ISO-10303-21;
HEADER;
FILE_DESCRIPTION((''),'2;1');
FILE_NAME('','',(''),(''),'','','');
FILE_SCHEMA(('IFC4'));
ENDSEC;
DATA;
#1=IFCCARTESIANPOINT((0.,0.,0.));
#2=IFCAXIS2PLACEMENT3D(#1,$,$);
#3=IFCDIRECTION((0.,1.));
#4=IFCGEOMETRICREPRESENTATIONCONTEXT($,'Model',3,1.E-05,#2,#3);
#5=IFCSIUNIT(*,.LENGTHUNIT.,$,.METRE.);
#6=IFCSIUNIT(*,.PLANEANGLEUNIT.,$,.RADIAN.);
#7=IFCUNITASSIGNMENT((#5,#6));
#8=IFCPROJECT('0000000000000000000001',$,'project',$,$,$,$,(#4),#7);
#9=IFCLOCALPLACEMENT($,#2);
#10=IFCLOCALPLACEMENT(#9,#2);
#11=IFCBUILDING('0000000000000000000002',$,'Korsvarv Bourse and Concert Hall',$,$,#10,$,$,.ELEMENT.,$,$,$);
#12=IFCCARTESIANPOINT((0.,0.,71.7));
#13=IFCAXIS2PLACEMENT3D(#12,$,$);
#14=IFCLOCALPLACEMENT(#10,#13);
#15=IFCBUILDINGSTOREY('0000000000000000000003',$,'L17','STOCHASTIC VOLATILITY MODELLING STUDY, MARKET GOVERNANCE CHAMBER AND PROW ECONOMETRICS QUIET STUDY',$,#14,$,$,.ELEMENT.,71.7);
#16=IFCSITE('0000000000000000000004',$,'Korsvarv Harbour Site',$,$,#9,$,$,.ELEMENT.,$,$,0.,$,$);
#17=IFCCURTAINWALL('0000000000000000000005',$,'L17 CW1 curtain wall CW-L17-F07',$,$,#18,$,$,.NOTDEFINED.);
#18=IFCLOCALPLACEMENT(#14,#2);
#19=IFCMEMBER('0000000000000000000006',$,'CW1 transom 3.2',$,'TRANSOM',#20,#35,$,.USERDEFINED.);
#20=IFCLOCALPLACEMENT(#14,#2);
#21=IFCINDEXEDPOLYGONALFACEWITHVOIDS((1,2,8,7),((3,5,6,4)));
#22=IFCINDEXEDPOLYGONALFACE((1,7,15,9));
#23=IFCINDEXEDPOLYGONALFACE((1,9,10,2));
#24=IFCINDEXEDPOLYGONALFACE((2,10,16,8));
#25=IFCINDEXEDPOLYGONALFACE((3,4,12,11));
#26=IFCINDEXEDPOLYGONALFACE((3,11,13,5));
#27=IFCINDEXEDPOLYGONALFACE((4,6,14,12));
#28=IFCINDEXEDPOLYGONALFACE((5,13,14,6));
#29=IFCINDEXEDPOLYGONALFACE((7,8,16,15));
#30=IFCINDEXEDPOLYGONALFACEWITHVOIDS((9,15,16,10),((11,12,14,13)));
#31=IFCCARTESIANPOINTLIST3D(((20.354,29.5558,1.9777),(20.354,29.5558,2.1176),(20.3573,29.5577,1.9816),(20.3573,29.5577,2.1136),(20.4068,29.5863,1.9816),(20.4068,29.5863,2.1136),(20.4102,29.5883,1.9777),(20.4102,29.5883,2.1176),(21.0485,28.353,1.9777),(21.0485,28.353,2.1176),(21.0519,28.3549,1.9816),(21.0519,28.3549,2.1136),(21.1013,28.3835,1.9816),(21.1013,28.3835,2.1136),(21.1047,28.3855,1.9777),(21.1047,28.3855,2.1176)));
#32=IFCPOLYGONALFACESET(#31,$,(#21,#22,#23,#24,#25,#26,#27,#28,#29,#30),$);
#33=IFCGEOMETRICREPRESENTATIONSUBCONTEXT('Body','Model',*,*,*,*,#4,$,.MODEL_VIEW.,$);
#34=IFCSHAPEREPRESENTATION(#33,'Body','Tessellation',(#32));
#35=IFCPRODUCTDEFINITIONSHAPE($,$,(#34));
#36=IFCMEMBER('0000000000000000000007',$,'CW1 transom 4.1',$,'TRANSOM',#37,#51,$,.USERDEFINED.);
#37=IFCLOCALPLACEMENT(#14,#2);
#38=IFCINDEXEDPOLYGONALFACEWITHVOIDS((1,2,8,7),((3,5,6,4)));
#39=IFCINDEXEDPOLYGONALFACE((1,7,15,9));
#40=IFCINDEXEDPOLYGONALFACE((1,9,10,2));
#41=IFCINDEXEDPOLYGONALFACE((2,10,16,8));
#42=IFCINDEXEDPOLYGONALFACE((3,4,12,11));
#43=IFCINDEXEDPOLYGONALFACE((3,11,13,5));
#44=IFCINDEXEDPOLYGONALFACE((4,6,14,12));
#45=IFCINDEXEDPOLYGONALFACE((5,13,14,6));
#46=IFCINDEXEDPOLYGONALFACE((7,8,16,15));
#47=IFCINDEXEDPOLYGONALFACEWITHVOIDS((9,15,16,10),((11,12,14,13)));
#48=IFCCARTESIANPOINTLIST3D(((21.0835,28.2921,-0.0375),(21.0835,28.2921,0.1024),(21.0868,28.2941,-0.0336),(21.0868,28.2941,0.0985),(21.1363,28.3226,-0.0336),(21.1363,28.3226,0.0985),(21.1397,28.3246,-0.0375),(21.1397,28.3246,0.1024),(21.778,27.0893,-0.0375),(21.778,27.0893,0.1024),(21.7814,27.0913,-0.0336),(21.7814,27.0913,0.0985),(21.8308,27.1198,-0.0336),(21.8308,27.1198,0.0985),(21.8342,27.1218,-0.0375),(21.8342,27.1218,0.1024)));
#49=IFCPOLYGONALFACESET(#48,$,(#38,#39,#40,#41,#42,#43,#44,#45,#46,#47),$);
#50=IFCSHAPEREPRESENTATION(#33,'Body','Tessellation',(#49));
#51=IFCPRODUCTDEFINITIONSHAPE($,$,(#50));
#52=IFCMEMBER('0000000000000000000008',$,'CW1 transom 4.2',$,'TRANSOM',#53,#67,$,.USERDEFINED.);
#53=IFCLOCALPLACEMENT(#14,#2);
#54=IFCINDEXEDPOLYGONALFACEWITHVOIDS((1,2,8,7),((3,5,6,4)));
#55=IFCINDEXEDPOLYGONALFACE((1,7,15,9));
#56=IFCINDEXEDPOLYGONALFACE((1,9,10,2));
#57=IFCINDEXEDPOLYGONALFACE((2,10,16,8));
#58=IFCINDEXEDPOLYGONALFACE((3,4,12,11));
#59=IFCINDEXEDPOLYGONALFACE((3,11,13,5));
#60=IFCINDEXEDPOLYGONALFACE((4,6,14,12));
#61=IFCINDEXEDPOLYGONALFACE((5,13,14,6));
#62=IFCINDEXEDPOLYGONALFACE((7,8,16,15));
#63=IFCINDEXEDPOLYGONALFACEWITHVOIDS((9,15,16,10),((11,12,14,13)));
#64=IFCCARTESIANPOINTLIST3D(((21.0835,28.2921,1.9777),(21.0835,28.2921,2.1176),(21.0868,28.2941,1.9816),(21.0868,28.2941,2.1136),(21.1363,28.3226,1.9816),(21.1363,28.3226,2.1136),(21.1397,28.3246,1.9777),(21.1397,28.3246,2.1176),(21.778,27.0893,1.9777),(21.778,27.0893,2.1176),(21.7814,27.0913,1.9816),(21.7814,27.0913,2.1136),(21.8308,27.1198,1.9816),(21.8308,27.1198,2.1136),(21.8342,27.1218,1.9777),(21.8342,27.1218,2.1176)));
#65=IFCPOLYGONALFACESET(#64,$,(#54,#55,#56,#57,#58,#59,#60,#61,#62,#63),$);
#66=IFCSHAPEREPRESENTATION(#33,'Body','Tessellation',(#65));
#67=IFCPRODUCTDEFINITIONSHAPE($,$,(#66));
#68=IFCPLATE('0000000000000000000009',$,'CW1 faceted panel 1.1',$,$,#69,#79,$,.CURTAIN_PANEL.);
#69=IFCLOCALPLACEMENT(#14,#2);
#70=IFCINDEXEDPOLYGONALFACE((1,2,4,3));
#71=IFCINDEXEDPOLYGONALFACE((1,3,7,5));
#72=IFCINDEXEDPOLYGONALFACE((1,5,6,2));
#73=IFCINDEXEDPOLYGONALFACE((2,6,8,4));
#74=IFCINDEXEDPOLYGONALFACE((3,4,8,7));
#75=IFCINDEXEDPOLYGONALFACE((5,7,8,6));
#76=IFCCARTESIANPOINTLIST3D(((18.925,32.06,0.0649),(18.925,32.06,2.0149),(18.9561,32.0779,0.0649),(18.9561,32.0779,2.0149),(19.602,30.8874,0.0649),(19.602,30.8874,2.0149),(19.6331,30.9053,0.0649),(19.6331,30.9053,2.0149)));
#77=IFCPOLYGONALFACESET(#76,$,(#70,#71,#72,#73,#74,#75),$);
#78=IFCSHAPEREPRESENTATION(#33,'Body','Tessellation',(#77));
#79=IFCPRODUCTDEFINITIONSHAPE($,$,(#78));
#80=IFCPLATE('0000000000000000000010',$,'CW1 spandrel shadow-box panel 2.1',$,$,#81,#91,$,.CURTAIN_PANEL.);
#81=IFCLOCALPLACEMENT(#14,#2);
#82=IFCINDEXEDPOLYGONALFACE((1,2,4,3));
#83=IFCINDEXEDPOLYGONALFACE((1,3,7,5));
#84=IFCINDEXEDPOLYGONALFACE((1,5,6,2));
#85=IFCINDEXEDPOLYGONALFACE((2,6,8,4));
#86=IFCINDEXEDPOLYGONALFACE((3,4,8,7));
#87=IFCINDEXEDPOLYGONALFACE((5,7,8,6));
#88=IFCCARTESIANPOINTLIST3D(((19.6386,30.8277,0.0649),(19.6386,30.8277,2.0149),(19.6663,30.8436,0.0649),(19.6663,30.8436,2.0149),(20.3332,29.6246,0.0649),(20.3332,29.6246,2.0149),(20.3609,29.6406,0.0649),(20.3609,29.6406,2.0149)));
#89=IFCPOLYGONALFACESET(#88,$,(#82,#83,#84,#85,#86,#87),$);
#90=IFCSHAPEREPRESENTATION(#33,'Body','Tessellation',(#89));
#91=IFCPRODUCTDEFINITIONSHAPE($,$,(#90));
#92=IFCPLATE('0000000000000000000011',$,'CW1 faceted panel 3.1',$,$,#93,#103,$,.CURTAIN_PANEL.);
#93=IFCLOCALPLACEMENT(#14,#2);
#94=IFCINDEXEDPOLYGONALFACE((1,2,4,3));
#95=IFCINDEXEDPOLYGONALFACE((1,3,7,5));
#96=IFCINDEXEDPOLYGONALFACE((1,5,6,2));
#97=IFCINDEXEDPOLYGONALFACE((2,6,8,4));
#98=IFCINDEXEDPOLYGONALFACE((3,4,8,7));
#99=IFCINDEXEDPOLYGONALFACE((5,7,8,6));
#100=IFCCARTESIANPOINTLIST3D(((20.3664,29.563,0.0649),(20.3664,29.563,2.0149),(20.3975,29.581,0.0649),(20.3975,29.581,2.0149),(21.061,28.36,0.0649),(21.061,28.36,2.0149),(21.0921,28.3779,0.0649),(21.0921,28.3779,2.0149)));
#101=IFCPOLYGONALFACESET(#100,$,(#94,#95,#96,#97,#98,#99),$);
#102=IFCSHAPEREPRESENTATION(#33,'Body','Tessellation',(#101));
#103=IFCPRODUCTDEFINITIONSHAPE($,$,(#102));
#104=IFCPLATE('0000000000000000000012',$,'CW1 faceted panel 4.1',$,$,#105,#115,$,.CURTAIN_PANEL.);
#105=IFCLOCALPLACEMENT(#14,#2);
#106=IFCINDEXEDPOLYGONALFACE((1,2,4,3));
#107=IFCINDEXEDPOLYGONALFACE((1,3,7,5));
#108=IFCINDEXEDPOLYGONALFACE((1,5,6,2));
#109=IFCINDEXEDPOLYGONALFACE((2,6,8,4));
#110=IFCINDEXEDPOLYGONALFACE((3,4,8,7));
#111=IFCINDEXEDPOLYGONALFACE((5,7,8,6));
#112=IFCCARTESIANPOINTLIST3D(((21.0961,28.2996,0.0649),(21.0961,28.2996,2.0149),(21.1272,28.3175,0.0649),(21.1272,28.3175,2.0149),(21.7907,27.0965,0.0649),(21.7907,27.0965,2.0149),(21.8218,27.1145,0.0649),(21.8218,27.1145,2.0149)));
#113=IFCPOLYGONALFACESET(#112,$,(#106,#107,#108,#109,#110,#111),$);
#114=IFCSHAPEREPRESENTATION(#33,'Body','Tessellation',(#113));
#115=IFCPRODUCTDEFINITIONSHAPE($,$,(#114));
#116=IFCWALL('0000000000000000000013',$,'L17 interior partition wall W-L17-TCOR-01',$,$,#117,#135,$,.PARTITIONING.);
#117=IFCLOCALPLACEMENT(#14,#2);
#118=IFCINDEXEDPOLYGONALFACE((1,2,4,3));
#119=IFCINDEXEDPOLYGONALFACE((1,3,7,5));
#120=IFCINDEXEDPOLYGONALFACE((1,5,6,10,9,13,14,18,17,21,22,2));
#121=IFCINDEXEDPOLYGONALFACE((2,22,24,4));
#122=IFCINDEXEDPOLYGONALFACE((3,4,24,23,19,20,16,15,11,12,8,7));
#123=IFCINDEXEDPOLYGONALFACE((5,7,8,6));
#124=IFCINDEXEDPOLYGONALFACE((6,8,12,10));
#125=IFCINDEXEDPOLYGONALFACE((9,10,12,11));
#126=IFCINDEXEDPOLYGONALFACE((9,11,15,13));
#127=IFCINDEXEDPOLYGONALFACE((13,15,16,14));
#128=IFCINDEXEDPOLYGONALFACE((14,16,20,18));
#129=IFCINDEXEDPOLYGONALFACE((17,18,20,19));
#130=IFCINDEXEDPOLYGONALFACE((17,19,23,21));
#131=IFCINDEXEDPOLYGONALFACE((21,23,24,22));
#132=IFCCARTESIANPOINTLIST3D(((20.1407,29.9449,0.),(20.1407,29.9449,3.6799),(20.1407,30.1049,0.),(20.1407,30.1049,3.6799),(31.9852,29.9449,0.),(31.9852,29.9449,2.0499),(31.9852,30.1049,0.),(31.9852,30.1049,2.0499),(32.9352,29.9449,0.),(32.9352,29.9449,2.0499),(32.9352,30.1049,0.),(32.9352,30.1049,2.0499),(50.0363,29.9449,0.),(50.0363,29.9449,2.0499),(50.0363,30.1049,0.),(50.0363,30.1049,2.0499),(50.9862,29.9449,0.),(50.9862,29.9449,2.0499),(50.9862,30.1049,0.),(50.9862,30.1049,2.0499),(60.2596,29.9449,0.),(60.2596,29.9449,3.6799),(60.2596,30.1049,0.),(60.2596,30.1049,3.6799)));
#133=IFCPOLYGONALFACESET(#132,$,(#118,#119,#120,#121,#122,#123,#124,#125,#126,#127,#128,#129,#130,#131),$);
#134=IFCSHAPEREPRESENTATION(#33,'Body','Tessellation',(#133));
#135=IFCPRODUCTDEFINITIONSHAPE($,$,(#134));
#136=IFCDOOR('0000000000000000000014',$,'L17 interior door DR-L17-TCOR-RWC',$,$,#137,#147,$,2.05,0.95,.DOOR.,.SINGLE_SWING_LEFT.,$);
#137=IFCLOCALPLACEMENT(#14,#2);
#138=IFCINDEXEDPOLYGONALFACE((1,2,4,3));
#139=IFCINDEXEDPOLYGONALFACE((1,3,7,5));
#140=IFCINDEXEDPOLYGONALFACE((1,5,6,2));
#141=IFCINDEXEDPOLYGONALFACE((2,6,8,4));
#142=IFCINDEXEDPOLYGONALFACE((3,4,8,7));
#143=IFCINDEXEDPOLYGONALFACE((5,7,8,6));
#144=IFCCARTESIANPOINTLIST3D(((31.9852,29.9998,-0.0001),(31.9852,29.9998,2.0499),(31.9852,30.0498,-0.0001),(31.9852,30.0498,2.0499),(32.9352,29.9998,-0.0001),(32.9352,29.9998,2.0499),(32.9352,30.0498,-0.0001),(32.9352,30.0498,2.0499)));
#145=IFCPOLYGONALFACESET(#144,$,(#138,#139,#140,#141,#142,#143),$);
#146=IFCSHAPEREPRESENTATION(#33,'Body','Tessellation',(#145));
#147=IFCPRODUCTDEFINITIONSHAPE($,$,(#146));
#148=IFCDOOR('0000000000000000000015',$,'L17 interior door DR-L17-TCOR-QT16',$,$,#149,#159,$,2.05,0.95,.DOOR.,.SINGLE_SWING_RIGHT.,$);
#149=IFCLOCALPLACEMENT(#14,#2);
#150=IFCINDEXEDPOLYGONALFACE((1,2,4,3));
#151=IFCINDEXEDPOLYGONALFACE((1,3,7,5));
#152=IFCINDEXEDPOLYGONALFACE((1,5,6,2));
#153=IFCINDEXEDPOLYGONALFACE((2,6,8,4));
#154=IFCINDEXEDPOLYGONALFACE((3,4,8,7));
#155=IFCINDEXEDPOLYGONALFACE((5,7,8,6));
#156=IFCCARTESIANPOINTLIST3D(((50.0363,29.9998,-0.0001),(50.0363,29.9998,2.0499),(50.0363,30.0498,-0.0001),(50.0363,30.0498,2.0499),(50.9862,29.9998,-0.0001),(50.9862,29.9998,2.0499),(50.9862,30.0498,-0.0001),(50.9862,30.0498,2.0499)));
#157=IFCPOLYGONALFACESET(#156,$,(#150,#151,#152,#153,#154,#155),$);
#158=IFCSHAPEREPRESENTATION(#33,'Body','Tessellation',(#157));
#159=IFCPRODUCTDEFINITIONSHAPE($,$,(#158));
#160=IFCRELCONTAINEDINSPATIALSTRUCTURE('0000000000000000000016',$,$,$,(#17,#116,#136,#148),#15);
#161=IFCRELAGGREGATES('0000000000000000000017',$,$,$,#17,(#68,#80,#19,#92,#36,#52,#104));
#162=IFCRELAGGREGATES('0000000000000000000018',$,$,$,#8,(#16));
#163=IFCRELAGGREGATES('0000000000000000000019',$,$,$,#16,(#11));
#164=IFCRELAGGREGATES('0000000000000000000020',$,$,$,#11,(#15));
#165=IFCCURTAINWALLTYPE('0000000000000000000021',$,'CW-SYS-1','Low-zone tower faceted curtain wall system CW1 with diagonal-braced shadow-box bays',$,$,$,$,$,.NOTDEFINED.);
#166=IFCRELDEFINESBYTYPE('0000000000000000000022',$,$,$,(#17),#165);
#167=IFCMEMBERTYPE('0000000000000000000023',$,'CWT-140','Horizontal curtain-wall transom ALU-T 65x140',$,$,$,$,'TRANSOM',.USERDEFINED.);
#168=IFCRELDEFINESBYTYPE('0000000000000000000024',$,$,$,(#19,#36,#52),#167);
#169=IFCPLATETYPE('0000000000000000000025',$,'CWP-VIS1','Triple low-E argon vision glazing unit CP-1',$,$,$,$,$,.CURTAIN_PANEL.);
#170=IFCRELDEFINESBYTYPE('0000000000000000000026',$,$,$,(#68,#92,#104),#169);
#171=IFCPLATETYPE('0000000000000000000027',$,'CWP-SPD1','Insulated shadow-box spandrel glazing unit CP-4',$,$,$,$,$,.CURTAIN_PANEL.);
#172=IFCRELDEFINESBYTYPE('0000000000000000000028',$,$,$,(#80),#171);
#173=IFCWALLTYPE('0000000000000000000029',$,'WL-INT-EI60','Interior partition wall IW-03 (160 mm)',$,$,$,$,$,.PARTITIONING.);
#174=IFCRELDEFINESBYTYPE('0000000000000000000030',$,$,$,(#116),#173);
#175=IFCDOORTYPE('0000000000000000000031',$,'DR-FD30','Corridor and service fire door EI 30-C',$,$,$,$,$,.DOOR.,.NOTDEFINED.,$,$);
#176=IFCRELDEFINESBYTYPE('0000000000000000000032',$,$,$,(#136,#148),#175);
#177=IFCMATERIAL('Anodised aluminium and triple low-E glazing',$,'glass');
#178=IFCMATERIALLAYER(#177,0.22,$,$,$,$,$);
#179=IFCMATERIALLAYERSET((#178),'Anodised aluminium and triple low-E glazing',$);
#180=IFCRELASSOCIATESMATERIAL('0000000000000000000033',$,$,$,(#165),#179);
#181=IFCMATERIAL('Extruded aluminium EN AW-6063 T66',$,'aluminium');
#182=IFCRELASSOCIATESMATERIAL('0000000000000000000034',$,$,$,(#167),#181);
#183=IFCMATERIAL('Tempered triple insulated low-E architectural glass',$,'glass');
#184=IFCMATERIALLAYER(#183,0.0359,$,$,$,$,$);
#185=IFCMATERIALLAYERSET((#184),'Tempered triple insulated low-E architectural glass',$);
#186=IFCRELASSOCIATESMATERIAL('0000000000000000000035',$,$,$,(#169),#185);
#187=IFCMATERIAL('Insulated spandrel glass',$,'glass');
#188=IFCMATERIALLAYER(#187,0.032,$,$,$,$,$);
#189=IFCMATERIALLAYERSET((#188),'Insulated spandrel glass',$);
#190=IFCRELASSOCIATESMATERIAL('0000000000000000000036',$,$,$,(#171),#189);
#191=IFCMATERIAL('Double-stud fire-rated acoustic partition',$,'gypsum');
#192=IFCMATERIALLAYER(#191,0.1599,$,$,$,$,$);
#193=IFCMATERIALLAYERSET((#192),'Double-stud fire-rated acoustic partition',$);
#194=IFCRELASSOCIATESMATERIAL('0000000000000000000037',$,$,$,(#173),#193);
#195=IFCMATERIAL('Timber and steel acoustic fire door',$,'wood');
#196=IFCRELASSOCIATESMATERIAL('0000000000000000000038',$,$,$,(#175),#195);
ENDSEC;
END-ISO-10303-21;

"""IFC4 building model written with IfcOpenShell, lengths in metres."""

from ifc_helpers import new_model, si_unit, direction, frame, frame_2d, origin, origin_2d, place, context, subcontext, project, spatial, rectangle, hollow_rectangle, extrude, source, transform, mapped, material, layer, layer_set, material_profile, profile_set, type_object, element, fill, aggregate, save


model = new_model("IFC4")

# Units and contexts
model_context = context("Model", 3, precision=1e-05, world=origin(), true_north=direction((0.0, 1.0)))
body_context = subcontext(model_context, "Body", "Model", "MODEL_VIEW")
ifc_project = project(units=[si_unit("LENGTHUNIT", "METRE"), si_unit("PLANEANGLEUNIT", "RADIAN")], contexts=[model_context])

# Site, building, storey
site_placement = place(None, origin())
site = spatial("IfcSite", under=ifc_project, at=site_placement, Name="Korsvarv Harbour Site", CompositionType="ELEMENT", RefElevation=0.0)
building_placement = place(site_placement, origin())
building = spatial("IfcBuilding", under=site, at=building_placement, Name="Korsvarv Bourse and Concert Hall", CompositionType="ELEMENT")
storey_placement = place(building_placement, frame((0.0, 0.0, 71.7)))
storey = spatial("IfcBuildingStorey", under=building, at=storey_placement, Name="L17", Description="STOCHASTIC VOLATILITY MODELLING STUDY, MARKET GOVERNANCE CHAMBER AND PROW ECONOMETRICS QUIET STUDY", CompositionType="ELEMENT", Elevation=71.7)

# Curtain wall, members, plates
ifc_material_1 = material(Name="Anodised aluminium and triple low-E glazing", Category="glass")
ifc_layer_1 = layer(ifc_material_1, 0.22)
ifc_layer_set_1 = layer_set([ifc_layer_1], Name="Anodised aluminium and triple low-E glazing")
curtain_wall_type = type_object("IfcCurtainWallType", Name="CW-SYS-1", Description="Low-zone tower faceted curtain wall system CW1 with diagonal-braced shadow-box bays", PredefinedType="NOTDEFINED", material=ifc_layer_set_1)
curtain_wall_placement = place(storey_placement, origin())
curtain_wall = element("IfcCurtainWall", 1, at=curtain_wall_placement, inside=storey, type_object=curtain_wall_type, Name="L17 CW1 curtain wall CW-L17-F07", PredefinedType="NOTDEFINED")
ifc_material_2 = material(Name="Extruded aluminium EN AW-6063 T66", Category="aluminium")
ifc_material_profile_1 = material_profile(ifc_material_2, hollow_rectangle(XDim=0.0649, YDim=0.1399, WallThickness=0.0039, at=origin_2d()), Name="ALU-T 65x140")
ifc_profile_set_1 = profile_set([ifc_material_profile_1], Name="Extruded aluminium EN AW-6063 T66")
member_type_1 = type_object("IfcMemberType", Name="CWT-140", Description="Horizontal curtain-wall transom ALU-T 65x140", ElementType="TRANSOM", PredefinedType="USERDEFINED", material=ifc_profile_set_1)
shared_shape_1 = source(origin(), body_context, "Body", "SweptSolid", [
    extrude(hollow_rectangle(XDim=0.0649, YDim=0.1399, WallThickness=0.0039, at=origin_2d()), origin(), (0.0, 0.0, 1.0), 1.3889),
])
member_1_placement = place(storey_placement, frame((20.3821, 29.572, 2.0476), z_axis=(0.500052, -0.865995, 0.0), x_axis=(0.865995, 0.500052, 0.0)))
member_1 = element("IfcMember", 2, at=member_1_placement, type_object=member_type_1, Name="CW1 transom 3.2", ObjectType="TRANSOM", PredefinedType="USERDEFINED", context=body_context, shape_type="MappedRepresentation", body=[
    mapped(shared_shape_1, transform((0.0, 0.0, 0.0), scale=1.0)),
])
member_2_placement = place(storey_placement, frame((21.1116, 28.3083, 0.0325), z_axis=(0.500052, -0.865995, 0.0), x_axis=(0.865995, 0.500052, 0.0)))
member_2 = element("IfcMember", 3, at=member_2_placement, type_object=member_type_1, Name="CW1 transom 4.1", ObjectType="TRANSOM", PredefinedType="USERDEFINED", context=body_context, shape_type="MappedRepresentation", body=[
    mapped(shared_shape_1, transform((0.0, 0.0, 0.0), scale=1.0)),
])
member_3_placement = place(storey_placement, frame((21.1116, 28.3083, 2.0476), z_axis=(0.500052, -0.865995, 0.0), x_axis=(0.865995, 0.500052, 0.0)))
member_3 = element("IfcMember", 4, at=member_3_placement, type_object=member_type_1, Name="CW1 transom 4.2", ObjectType="TRANSOM", PredefinedType="USERDEFINED", context=body_context, shape_type="MappedRepresentation", body=[
    mapped(shared_shape_1, transform((0.0, 0.0, 0.0), scale=1.0)),
])
ifc_material_3 = material(Name="Tempered triple insulated low-E architectural glass", Category="glass")
ifc_layer_2 = layer(ifc_material_3, 0.0359)
ifc_layer_set_2 = layer_set([ifc_layer_2], Name="Tempered triple insulated low-E architectural glass")
plate_type_1 = type_object("IfcPlateType", Name="CWP-VIS1", Description="Triple low-E argon vision glazing unit CP-1", PredefinedType="CURTAIN_PANEL", material=ifc_layer_set_2)
shared_shape_2 = source(origin(), body_context, "Body", "SweptSolid", [
    extrude(rectangle(XDim=1.354, YDim=0.0359, at=origin_2d()), origin(), (0.0, 0.0, 1.0), 1.95),
])
plate_1_placement = place(storey_placement, frame((19.2791, 31.4827, 0.0649), z_axis=(0.0, 0.0, 1.0), x_axis=(0.500006, -0.866022, 0.0)))
plate_1 = element("IfcPlate", 5, at=plate_1_placement, type_object=plate_type_1, Name="CW1 faceted panel 1.1", PredefinedType="CURTAIN_PANEL", context=body_context, shape_type="MappedRepresentation", body=[
    mapped(shared_shape_2, transform((0.0, 0.0, 0.0), scale=1.0)),
])
ifc_material_4 = material(Name="Insulated spandrel glass", Category="glass")
ifc_layer_3 = layer(ifc_material_4, 0.032)
ifc_layer_set_3 = layer_set([ifc_layer_3], Name="Insulated spandrel glass")
plate_type_2 = type_object("IfcPlateType", Name="CWP-SPD1", Description="Insulated shadow-box spandrel glazing unit CP-4", PredefinedType="CURTAIN_PANEL", material=ifc_layer_set_3)
shared_shape_3 = source(origin(), body_context, "Body", "SweptSolid", [
    extrude(rectangle(XDim=1.3892, YDim=0.032, at=origin_2d()), origin(), (0.0, 0.0, 1.0), 1.95),
])
plate_2_placement = place(storey_placement, frame((19.9998, 30.2341, 0.0649), z_axis=(0.0, 0.0, 1.0), x_axis=(0.500006, -0.866022, 0.0)))
plate_2 = element("IfcPlate", 6, at=plate_2_placement, type_object=plate_type_2, Name="CW1 spandrel shadow-box panel 2.1", PredefinedType="CURTAIN_PANEL", context=body_context, shape_type="MappedRepresentation", body=[
    mapped(shared_shape_3, transform((0.0, 0.0, 0.0), scale=1.0)),
])
shared_shape_4 = source(origin(), body_context, "Body", "SweptSolid", [
    extrude(rectangle(XDim=1.3892, YDim=0.0359, at=origin_2d()), origin(), (0.0, 0.0, 1.0), 1.95),
])
plate_3_placement = place(storey_placement, frame((20.7292, 28.9705, 0.0649), z_axis=(0.0, 0.0, 1.0), x_axis=(0.500006, -0.866022, 0.0)))
plate_3 = element("IfcPlate", 7, at=plate_3_placement, type_object=plate_type_1, Name="CW1 faceted panel 3.1", PredefinedType="CURTAIN_PANEL", context=body_context, shape_type="MappedRepresentation", body=[
    mapped(shared_shape_4, transform((0.0, 0.0, 0.0), scale=1.0)),
])
plate_4_placement = place(storey_placement, frame((21.459, 27.707, 0.0649), z_axis=(0.0, 0.0, 1.0), x_axis=(0.500006, -0.866022, 0.0)))
plate_4 = element("IfcPlate", 8, at=plate_4_placement, type_object=plate_type_1, Name="CW1 faceted panel 4.1", PredefinedType="CURTAIN_PANEL", context=body_context, shape_type="MappedRepresentation", body=[
    mapped(shared_shape_4, transform((0.0, 0.0, 0.0), scale=1.0)),
])
aggregate(curtain_wall, [plate_1, plate_2, member_1, plate_3, member_2, member_3, plate_4])

# Wall, openings, doors
ifc_material_5 = material(Name="Double-stud fire-rated acoustic partition", Category="gypsum")
ifc_layer_4 = layer(ifc_material_5, 0.1599)
ifc_layer_set_4 = layer_set([ifc_layer_4], Name="Double-stud fire-rated acoustic partition")
wall_type = type_object("IfcWallType", Name="WL-INT-EI60", Description="Interior partition wall IW-03 (160 mm)", PredefinedType="PARTITIONING", material=ifc_layer_set_4)
wall_1_placement = place(storey_placement, frame((20.1406, 30.0249, 0.0), z_axis=(0.0, 0.0, 1.0), x_axis=(1.0, 0.0, 0.0)))
wall_1 = element("IfcWall", 9, at=wall_1_placement, inside=storey, type_object=wall_type, Name="L17 interior partition wall W-L17-TCOR-01", PredefinedType="PARTITIONING", context=body_context, shape_type="SweptSolid", body=[
    extrude(rectangle(XDim=40.1189, YDim=0.1599, at=frame_2d((20.0596, 0.0))), origin(), (0.0, 0.0, 1.0), 3.6799),
])
opening_1_placement = place(wall_1_placement, frame((11.8445, 0.0, 0.0)))
opening_1 = element("IfcOpeningElement", 10, at=opening_1_placement, cuts=wall_1, PredefinedType="OPENING", context=body_context, shape_type="SweptSolid", body=[
    extrude(rectangle(XDim=0.95, YDim=2.05, at=frame_2d((0.4751, 1.0249))), frame((0.0, 0.0898, 0.0), z_axis=(0.0, -1.0, 0.0), x_axis=(1.0, 0.0, 0.0)), (0.0, 0.0, 1.0), 0.1799),
])
opening_2_placement = place(wall_1_placement, frame((29.8955, 0.0, 0.0)))
opening_2 = element("IfcOpeningElement", 11, at=opening_2_placement, cuts=wall_1, PredefinedType="OPENING", context=body_context, shape_type="SweptSolid", body=[
    extrude(rectangle(XDim=0.95, YDim=2.05, at=frame_2d((0.4751, 1.0249))), frame((0.0, 0.0898, 0.0), z_axis=(0.0, -1.0, 0.0), x_axis=(1.0, 0.0, 0.0)), (0.0, 0.0, 1.0), 0.1799),
])
ifc_material_6 = material(Name="Timber and steel acoustic fire door", Category="wood")
door_type = type_object("IfcDoorType", Name="DR-FD30", Description="Corridor and service fire door EI 30-C", OperationType="NOTDEFINED", PredefinedType="DOOR", material=ifc_material_6)
door_1_placement = place(opening_1_placement, origin())
door_1 = element("IfcDoor", 12, at=door_1_placement, inside=storey, type_object=door_type, Name="L17 interior door DR-L17-TCOR-RWC", OperationType="SINGLE_SWING_LEFT", OverallHeight=2.05, OverallWidth=0.95, PredefinedType="DOOR", context=body_context, shape_type="SweptSolid", body=[
    extrude(rectangle(XDim=0.95, YDim=2.05, at=frame_2d((0.4751, 1.0249))), frame((0.0, 0.0249, 0.0), z_axis=(0.0, -1.0, 0.0), x_axis=(1.0, 0.0, 0.0)), (0.0, 0.0, 1.0), 0.05),
])
fill(opening_1, door_1)
door_2_placement = place(opening_2_placement, origin())
door_2 = element("IfcDoor", 13, at=door_2_placement, inside=storey, type_object=door_type, Name="L17 interior door DR-L17-TCOR-QT16", OperationType="SINGLE_SWING_RIGHT", OverallHeight=2.05, OverallWidth=0.95, PredefinedType="DOOR", context=body_context, shape_type="SweptSolid", body=[
    extrude(rectangle(XDim=0.95, YDim=2.05, at=frame_2d((0.4751, 1.0249))), frame((0.0, 0.0249, 0.0), z_axis=(0.0, -1.0, 0.0), x_axis=(1.0, 0.0, 0.0)), (0.0, 0.0, 1.0), 0.05),
])
fill(opening_2, door_2)

save(model, "model.ifc")
